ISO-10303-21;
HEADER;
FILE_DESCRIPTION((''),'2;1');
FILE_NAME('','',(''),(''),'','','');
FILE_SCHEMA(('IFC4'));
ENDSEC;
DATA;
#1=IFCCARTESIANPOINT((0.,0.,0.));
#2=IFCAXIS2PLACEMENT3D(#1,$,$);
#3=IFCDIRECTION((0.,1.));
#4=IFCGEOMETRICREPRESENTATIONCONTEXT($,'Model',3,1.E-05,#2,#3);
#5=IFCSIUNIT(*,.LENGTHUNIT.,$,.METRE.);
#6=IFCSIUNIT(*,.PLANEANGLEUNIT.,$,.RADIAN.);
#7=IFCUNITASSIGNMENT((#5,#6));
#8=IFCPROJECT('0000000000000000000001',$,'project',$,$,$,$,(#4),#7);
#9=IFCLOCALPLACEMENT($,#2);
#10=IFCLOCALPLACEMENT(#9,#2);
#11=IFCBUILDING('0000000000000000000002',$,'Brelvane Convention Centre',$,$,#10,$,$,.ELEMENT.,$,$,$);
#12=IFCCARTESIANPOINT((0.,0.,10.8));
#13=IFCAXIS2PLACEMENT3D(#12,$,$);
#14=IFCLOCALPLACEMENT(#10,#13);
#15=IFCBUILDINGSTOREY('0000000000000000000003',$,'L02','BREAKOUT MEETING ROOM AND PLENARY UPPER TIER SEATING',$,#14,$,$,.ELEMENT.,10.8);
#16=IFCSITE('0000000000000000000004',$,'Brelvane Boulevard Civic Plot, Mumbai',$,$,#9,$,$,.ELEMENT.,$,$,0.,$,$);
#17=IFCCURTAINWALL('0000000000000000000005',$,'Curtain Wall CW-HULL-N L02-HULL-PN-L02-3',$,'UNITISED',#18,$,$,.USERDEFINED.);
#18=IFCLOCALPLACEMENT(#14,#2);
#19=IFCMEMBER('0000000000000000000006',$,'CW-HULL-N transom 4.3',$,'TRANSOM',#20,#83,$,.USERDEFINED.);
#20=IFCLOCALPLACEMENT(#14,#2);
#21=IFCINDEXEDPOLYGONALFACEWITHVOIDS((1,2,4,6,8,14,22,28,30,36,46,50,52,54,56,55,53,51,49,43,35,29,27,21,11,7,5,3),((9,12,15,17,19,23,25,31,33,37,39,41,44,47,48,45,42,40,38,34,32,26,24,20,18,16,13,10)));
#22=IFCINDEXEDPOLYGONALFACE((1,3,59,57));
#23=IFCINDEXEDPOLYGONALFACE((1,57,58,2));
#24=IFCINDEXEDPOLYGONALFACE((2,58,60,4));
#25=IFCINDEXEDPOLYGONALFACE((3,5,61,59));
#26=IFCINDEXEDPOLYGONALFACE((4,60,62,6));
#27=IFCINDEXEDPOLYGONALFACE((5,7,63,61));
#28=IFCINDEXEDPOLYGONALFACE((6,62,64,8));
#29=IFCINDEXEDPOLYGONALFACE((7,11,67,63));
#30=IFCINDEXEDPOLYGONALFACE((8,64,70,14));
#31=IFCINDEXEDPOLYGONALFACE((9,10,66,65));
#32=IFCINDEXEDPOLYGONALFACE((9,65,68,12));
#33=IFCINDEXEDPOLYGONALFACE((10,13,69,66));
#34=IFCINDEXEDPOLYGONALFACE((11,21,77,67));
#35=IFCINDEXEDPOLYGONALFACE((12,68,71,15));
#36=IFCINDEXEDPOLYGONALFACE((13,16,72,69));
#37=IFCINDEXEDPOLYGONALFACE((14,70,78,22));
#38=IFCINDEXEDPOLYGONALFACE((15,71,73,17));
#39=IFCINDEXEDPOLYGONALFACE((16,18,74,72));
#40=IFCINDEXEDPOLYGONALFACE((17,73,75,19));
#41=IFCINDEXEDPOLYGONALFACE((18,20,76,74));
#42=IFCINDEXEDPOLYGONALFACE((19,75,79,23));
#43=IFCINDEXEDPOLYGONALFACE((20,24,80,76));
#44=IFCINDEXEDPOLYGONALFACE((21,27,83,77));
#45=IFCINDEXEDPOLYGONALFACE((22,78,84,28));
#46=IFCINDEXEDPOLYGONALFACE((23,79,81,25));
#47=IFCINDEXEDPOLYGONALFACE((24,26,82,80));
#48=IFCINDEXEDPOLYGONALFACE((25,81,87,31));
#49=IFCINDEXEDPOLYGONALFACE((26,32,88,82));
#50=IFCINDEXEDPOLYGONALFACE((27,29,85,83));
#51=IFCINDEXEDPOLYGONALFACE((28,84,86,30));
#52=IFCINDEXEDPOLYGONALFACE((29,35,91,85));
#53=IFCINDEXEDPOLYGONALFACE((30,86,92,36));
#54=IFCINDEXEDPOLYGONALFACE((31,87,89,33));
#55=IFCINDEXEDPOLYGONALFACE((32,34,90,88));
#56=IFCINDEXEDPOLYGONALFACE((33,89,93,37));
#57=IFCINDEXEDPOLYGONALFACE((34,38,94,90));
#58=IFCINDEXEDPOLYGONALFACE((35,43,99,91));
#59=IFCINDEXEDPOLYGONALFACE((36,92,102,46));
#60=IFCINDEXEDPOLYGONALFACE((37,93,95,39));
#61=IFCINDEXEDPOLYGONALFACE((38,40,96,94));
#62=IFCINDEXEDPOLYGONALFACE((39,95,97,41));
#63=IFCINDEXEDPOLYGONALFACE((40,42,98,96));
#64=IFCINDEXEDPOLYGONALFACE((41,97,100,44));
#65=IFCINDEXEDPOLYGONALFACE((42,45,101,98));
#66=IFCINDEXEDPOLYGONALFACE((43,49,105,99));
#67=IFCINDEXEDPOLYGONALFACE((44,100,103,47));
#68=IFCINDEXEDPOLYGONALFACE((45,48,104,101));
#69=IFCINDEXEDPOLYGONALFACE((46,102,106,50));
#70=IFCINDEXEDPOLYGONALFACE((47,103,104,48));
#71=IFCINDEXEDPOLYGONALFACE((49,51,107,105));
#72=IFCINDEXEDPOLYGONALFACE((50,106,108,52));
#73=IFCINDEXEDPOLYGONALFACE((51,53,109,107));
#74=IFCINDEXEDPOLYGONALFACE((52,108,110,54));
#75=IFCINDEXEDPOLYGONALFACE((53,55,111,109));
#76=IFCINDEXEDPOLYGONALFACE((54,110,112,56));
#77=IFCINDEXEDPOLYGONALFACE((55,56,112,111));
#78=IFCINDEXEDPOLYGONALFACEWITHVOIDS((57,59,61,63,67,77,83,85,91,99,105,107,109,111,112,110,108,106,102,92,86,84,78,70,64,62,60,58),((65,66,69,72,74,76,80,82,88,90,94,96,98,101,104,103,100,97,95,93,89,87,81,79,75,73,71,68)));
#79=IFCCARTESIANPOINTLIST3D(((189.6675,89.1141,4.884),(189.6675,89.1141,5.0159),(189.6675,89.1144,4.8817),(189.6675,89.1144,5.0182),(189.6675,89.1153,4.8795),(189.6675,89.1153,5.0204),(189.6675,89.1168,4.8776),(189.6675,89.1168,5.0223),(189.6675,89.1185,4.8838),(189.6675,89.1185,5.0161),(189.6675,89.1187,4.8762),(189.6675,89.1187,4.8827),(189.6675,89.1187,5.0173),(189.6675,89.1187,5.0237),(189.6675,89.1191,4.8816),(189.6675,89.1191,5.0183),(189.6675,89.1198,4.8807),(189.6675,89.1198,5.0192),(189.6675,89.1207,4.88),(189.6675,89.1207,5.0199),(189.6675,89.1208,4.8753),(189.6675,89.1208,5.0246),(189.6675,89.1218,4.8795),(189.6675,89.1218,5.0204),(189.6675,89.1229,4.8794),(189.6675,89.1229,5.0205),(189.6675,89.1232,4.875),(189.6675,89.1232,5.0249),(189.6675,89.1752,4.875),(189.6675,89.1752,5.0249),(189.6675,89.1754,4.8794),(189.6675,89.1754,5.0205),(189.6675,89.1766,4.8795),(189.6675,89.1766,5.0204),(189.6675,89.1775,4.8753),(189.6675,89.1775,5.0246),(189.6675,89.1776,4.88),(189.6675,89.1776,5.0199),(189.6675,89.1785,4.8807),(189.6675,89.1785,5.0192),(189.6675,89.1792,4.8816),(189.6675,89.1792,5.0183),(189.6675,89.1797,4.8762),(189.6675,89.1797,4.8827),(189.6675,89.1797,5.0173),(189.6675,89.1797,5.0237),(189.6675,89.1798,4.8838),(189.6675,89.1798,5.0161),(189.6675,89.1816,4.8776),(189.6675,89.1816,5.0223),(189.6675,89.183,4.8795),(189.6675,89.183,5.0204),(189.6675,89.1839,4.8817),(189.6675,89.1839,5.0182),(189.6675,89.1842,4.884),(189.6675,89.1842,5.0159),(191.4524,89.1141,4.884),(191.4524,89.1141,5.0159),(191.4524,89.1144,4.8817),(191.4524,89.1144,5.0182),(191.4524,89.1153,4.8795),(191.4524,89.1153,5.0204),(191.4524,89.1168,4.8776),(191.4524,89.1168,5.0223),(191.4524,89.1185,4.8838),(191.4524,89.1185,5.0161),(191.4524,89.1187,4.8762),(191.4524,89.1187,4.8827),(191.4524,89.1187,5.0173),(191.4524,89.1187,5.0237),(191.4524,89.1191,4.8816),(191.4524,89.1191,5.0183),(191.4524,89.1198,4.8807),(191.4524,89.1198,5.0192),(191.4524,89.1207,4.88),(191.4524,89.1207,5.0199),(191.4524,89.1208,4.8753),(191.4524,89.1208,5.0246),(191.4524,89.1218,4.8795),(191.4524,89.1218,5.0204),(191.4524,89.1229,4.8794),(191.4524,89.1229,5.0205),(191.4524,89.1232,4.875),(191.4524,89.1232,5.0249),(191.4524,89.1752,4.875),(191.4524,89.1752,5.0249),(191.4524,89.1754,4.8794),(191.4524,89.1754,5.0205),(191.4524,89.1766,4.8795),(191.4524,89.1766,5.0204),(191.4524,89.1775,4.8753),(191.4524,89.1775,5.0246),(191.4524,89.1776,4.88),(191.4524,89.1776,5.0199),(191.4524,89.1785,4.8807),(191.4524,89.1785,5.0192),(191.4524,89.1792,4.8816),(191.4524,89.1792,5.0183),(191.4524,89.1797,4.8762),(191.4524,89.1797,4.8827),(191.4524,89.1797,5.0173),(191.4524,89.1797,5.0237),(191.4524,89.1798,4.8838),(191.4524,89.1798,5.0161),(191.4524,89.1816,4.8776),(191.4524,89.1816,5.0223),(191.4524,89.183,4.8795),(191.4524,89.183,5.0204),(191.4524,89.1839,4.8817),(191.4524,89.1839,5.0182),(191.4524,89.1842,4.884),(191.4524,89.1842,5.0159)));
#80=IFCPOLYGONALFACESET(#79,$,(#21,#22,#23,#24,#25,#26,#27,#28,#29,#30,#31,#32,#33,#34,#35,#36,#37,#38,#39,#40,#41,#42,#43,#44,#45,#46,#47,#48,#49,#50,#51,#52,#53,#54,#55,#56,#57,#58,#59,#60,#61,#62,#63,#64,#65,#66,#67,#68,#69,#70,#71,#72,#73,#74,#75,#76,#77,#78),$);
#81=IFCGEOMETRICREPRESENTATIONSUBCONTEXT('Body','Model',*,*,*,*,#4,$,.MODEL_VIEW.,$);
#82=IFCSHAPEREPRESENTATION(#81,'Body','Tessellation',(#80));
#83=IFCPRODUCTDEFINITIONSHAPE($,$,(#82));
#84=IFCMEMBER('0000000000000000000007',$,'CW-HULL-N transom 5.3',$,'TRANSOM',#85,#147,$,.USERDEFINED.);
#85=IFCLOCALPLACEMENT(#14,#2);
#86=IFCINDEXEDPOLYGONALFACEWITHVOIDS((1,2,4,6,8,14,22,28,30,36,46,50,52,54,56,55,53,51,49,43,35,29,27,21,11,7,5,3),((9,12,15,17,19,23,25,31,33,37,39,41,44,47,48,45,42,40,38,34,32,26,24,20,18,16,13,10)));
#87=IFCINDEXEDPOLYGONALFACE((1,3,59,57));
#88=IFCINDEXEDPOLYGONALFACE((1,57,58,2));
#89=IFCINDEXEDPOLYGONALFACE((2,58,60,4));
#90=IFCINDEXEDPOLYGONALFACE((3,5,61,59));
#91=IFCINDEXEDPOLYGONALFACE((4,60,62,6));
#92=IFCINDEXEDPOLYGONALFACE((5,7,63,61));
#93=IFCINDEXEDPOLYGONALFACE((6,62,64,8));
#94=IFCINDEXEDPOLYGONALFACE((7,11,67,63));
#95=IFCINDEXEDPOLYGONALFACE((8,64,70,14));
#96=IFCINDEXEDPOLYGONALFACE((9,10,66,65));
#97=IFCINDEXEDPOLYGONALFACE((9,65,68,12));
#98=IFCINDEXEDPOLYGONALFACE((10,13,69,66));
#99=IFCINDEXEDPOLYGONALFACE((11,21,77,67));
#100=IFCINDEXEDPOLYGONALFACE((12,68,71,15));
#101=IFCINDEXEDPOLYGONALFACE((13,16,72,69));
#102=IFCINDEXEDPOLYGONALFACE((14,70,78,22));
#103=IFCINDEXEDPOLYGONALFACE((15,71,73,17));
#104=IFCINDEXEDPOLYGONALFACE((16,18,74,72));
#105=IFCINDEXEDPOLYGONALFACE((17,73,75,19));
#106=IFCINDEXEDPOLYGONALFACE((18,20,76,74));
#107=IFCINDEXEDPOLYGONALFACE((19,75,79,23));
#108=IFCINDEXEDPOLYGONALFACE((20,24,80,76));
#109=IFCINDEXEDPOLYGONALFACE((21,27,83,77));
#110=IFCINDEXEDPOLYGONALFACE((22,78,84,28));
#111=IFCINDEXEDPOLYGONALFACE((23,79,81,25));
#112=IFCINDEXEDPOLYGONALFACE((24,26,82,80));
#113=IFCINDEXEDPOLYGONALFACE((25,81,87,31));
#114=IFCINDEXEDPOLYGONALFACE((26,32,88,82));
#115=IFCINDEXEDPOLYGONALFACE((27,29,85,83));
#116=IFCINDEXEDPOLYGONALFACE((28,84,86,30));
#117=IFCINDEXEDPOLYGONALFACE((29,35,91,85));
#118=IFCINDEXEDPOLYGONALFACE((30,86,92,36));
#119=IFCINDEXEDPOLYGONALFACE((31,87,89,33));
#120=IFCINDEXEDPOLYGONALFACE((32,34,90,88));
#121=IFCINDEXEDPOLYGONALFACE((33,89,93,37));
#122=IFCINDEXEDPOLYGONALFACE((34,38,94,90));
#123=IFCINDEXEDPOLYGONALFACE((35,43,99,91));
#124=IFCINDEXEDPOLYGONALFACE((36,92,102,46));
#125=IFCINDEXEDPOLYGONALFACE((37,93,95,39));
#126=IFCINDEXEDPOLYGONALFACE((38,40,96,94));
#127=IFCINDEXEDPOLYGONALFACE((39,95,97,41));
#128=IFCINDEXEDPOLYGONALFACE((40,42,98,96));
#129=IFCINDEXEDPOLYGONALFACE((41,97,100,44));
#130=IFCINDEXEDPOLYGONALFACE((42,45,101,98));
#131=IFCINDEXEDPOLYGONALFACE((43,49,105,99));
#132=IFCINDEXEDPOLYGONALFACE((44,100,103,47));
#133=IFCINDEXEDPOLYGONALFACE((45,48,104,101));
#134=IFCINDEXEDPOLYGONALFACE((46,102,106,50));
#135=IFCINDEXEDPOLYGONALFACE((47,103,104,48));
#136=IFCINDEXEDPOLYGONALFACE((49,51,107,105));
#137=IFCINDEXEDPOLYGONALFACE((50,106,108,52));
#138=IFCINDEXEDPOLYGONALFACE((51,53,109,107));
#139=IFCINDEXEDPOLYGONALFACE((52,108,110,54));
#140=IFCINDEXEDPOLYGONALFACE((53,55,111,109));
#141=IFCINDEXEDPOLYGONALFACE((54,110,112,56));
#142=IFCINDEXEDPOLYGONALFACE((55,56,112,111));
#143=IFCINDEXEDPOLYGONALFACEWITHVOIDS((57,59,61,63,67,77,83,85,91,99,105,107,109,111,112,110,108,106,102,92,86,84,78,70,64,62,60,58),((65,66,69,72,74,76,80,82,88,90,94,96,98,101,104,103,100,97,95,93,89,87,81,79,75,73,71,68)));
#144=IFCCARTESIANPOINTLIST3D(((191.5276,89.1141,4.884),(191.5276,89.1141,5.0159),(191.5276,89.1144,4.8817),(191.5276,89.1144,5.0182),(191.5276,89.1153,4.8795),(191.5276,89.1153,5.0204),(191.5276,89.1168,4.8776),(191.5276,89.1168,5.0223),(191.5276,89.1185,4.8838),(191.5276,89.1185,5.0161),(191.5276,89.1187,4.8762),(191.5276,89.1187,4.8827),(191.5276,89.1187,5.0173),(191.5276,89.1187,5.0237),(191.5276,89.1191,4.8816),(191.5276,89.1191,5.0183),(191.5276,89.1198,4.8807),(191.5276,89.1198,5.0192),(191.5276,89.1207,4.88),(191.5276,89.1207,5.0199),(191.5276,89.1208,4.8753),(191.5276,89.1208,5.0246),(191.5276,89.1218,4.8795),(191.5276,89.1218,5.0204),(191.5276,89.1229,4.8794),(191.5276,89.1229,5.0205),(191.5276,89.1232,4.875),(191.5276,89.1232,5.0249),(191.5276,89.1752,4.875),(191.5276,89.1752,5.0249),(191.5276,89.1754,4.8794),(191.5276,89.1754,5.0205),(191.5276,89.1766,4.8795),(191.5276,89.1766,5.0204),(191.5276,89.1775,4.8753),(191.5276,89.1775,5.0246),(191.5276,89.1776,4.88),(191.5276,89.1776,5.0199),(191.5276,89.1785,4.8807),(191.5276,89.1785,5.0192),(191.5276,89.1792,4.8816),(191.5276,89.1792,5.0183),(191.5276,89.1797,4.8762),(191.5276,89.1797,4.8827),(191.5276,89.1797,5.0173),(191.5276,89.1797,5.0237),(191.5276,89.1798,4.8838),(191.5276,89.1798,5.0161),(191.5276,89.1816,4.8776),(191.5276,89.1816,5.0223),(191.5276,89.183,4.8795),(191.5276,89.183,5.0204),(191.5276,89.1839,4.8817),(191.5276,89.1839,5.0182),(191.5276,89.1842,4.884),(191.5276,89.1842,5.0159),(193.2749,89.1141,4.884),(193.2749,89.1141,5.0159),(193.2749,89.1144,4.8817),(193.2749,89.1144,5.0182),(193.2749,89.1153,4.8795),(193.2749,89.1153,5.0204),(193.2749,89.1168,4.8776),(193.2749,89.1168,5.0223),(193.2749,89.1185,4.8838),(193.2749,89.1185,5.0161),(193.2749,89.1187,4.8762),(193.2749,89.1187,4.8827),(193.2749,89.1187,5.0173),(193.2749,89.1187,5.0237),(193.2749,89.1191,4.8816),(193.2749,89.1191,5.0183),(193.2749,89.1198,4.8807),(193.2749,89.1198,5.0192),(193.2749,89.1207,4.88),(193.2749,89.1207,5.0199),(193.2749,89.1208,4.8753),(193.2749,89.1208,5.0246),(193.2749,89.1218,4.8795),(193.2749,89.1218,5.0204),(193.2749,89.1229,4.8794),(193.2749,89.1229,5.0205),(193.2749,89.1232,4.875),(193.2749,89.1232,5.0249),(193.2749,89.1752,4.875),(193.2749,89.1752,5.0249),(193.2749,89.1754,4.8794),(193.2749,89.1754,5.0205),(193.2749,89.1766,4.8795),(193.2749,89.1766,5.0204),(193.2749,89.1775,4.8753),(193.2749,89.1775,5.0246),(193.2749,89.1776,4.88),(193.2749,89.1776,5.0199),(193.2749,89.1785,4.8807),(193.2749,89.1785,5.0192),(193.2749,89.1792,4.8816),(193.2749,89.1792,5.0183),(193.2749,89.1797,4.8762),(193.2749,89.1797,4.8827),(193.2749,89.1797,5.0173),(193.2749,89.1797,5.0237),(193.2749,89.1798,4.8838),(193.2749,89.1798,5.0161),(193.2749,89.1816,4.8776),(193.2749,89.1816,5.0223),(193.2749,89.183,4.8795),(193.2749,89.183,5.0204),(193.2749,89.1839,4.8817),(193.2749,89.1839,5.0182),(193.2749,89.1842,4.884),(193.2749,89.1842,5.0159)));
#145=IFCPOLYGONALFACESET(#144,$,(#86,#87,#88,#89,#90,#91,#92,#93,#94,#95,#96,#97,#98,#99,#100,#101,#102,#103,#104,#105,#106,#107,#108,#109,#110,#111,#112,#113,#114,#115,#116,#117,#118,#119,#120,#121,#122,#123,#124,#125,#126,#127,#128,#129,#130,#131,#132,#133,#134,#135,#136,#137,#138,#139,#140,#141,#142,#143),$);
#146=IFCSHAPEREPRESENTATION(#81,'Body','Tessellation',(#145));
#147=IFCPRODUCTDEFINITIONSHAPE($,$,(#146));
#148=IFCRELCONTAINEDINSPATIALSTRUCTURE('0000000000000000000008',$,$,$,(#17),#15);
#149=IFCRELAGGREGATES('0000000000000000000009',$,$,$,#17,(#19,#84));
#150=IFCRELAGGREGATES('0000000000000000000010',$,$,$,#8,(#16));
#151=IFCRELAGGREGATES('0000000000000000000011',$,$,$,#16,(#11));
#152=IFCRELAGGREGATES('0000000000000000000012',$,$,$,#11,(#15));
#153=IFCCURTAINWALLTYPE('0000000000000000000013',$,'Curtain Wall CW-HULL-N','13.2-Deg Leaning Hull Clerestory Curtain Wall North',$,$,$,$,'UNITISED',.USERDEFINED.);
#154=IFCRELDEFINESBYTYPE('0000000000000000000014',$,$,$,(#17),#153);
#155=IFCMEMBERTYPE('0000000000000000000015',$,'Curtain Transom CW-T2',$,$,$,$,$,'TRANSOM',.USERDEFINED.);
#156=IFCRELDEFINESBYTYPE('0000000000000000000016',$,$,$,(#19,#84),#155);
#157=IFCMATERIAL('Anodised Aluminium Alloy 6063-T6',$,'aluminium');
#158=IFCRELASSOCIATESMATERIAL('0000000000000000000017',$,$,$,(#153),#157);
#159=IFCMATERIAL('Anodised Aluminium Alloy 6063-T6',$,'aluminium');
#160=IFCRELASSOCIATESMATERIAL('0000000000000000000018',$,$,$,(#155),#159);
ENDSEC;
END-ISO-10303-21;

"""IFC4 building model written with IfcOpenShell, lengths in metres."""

from ifc_helpers import new_model, si_unit, direction, frame, origin, origin_2d, place, context, subcontext, project, spatial, hollow_rectangle, extrude, material, material_profile, profile_set, type_object, element, aggregate, save


model = new_model("IFC4")

# Units and contexts
model_context = context("Model", 3, precision=1e-05, world=origin(), true_north=direction((0.0, 1.0)))
body_context = subcontext(model_context, "Body", "Model", "MODEL_VIEW")
ifc_project = project(units=[si_unit("LENGTHUNIT", "METRE"), si_unit("PLANEANGLEUNIT", "RADIAN")], contexts=[model_context])

# Site, building, storey
site_placement = place(None, origin())
site = spatial("IfcSite", under=ifc_project, at=site_placement, Name="Brelvane Boulevard Civic Plot, Mumbai", CompositionType="ELEMENT", RefElevation=0.0)
building_placement = place(site_placement, origin())
building = spatial("IfcBuilding", under=site, at=building_placement, Name="Brelvane Convention Centre", CompositionType="ELEMENT")
storey_placement = place(building_placement, frame((0.0, 0.0, 10.8)))
storey = spatial("IfcBuildingStorey", under=building, at=storey_placement, Name="L02", Description="BREAKOUT MEETING ROOM AND PLENARY UPPER TIER SEATING", CompositionType="ELEMENT", Elevation=10.8)

# Curtain wall, members
ifc_material_1 = material(Name="Anodised Aluminium Alloy 6063-T6", Category="aluminium")
curtain_wall_type = type_object("IfcCurtainWallType", Name="Curtain Wall CW-HULL-N", Description="13.2-Deg Leaning Hull Clerestory Curtain Wall North", ElementType="UNITISED", PredefinedType="USERDEFINED", material=ifc_material_1)
curtain_wall_1_placement = place(storey_placement, origin())
curtain_wall_1 = element("IfcCurtainWall", 1, at=curtain_wall_1_placement, inside=storey, type_object=curtain_wall_type, Name="Curtain Wall CW-HULL-N L02-HULL-PN-L02-3", ObjectType="UNITISED", PredefinedType="USERDEFINED")
ifc_material_2 = material(Name="Anodised Aluminium Alloy 6063-T6", Category="aluminium")
ifc_material_profile = material_profile(ifc_material_2, hollow_rectangle(XDim=0.0701, YDim=0.1499, WallThickness=0.0044, InnerFilletRadius=0.0044, OuterFilletRadius=0.009, at=origin_2d()), Name="ALU-T 150x70x4.5")
ifc_profile_set = profile_set([ifc_material_profile], Name="Anodised Aluminium Alloy 6063-T6")
member_type = type_object("IfcMemberType", Name="Curtain Transom CW-T2", ElementType="TRANSOM", PredefinedType="USERDEFINED", material=ifc_profile_set)
member_1_placement = place(storey_placement, frame((189.6675, 89.1492, 4.95), z_axis=(1.0, 0.0, 0.0), x_axis=(0.0, 1.0, 0.0)))
member_1 = element("IfcMember", 2, at=member_1_placement, type_object=member_type, Name="CW-HULL-N transom 4.3", ObjectType="TRANSOM", PredefinedType="USERDEFINED", context=body_context, shape_type="SweptSolid", body=[
    extrude(hollow_rectangle(XDim=0.0701, YDim=0.1499, WallThickness=0.0044, InnerFilletRadius=0.0044, OuterFilletRadius=0.009, at=origin_2d()), origin(), (0.0, 0.0, 1.0), 1.7849),
])
member_2_placement = place(storey_placement, frame((191.5276, 89.1492, 4.95), z_axis=(1.0, 0.0, 0.0), x_axis=(0.0, 1.0, 0.0)))
member_2 = element("IfcMember", 3, at=member_2_placement, type_object=member_type, Name="CW-HULL-N transom 5.3", ObjectType="TRANSOM", PredefinedType="USERDEFINED", context=body_context, shape_type="SweptSolid", body=[
    extrude(hollow_rectangle(XDim=0.0701, YDim=0.1499, WallThickness=0.0044, InnerFilletRadius=0.0044, OuterFilletRadius=0.009, at=origin_2d()), origin(), (0.0, 0.0, 1.0), 1.7473),
])

aggregate(curtain_wall_1, [member_1, member_2])

save(model, "model.ifc")
